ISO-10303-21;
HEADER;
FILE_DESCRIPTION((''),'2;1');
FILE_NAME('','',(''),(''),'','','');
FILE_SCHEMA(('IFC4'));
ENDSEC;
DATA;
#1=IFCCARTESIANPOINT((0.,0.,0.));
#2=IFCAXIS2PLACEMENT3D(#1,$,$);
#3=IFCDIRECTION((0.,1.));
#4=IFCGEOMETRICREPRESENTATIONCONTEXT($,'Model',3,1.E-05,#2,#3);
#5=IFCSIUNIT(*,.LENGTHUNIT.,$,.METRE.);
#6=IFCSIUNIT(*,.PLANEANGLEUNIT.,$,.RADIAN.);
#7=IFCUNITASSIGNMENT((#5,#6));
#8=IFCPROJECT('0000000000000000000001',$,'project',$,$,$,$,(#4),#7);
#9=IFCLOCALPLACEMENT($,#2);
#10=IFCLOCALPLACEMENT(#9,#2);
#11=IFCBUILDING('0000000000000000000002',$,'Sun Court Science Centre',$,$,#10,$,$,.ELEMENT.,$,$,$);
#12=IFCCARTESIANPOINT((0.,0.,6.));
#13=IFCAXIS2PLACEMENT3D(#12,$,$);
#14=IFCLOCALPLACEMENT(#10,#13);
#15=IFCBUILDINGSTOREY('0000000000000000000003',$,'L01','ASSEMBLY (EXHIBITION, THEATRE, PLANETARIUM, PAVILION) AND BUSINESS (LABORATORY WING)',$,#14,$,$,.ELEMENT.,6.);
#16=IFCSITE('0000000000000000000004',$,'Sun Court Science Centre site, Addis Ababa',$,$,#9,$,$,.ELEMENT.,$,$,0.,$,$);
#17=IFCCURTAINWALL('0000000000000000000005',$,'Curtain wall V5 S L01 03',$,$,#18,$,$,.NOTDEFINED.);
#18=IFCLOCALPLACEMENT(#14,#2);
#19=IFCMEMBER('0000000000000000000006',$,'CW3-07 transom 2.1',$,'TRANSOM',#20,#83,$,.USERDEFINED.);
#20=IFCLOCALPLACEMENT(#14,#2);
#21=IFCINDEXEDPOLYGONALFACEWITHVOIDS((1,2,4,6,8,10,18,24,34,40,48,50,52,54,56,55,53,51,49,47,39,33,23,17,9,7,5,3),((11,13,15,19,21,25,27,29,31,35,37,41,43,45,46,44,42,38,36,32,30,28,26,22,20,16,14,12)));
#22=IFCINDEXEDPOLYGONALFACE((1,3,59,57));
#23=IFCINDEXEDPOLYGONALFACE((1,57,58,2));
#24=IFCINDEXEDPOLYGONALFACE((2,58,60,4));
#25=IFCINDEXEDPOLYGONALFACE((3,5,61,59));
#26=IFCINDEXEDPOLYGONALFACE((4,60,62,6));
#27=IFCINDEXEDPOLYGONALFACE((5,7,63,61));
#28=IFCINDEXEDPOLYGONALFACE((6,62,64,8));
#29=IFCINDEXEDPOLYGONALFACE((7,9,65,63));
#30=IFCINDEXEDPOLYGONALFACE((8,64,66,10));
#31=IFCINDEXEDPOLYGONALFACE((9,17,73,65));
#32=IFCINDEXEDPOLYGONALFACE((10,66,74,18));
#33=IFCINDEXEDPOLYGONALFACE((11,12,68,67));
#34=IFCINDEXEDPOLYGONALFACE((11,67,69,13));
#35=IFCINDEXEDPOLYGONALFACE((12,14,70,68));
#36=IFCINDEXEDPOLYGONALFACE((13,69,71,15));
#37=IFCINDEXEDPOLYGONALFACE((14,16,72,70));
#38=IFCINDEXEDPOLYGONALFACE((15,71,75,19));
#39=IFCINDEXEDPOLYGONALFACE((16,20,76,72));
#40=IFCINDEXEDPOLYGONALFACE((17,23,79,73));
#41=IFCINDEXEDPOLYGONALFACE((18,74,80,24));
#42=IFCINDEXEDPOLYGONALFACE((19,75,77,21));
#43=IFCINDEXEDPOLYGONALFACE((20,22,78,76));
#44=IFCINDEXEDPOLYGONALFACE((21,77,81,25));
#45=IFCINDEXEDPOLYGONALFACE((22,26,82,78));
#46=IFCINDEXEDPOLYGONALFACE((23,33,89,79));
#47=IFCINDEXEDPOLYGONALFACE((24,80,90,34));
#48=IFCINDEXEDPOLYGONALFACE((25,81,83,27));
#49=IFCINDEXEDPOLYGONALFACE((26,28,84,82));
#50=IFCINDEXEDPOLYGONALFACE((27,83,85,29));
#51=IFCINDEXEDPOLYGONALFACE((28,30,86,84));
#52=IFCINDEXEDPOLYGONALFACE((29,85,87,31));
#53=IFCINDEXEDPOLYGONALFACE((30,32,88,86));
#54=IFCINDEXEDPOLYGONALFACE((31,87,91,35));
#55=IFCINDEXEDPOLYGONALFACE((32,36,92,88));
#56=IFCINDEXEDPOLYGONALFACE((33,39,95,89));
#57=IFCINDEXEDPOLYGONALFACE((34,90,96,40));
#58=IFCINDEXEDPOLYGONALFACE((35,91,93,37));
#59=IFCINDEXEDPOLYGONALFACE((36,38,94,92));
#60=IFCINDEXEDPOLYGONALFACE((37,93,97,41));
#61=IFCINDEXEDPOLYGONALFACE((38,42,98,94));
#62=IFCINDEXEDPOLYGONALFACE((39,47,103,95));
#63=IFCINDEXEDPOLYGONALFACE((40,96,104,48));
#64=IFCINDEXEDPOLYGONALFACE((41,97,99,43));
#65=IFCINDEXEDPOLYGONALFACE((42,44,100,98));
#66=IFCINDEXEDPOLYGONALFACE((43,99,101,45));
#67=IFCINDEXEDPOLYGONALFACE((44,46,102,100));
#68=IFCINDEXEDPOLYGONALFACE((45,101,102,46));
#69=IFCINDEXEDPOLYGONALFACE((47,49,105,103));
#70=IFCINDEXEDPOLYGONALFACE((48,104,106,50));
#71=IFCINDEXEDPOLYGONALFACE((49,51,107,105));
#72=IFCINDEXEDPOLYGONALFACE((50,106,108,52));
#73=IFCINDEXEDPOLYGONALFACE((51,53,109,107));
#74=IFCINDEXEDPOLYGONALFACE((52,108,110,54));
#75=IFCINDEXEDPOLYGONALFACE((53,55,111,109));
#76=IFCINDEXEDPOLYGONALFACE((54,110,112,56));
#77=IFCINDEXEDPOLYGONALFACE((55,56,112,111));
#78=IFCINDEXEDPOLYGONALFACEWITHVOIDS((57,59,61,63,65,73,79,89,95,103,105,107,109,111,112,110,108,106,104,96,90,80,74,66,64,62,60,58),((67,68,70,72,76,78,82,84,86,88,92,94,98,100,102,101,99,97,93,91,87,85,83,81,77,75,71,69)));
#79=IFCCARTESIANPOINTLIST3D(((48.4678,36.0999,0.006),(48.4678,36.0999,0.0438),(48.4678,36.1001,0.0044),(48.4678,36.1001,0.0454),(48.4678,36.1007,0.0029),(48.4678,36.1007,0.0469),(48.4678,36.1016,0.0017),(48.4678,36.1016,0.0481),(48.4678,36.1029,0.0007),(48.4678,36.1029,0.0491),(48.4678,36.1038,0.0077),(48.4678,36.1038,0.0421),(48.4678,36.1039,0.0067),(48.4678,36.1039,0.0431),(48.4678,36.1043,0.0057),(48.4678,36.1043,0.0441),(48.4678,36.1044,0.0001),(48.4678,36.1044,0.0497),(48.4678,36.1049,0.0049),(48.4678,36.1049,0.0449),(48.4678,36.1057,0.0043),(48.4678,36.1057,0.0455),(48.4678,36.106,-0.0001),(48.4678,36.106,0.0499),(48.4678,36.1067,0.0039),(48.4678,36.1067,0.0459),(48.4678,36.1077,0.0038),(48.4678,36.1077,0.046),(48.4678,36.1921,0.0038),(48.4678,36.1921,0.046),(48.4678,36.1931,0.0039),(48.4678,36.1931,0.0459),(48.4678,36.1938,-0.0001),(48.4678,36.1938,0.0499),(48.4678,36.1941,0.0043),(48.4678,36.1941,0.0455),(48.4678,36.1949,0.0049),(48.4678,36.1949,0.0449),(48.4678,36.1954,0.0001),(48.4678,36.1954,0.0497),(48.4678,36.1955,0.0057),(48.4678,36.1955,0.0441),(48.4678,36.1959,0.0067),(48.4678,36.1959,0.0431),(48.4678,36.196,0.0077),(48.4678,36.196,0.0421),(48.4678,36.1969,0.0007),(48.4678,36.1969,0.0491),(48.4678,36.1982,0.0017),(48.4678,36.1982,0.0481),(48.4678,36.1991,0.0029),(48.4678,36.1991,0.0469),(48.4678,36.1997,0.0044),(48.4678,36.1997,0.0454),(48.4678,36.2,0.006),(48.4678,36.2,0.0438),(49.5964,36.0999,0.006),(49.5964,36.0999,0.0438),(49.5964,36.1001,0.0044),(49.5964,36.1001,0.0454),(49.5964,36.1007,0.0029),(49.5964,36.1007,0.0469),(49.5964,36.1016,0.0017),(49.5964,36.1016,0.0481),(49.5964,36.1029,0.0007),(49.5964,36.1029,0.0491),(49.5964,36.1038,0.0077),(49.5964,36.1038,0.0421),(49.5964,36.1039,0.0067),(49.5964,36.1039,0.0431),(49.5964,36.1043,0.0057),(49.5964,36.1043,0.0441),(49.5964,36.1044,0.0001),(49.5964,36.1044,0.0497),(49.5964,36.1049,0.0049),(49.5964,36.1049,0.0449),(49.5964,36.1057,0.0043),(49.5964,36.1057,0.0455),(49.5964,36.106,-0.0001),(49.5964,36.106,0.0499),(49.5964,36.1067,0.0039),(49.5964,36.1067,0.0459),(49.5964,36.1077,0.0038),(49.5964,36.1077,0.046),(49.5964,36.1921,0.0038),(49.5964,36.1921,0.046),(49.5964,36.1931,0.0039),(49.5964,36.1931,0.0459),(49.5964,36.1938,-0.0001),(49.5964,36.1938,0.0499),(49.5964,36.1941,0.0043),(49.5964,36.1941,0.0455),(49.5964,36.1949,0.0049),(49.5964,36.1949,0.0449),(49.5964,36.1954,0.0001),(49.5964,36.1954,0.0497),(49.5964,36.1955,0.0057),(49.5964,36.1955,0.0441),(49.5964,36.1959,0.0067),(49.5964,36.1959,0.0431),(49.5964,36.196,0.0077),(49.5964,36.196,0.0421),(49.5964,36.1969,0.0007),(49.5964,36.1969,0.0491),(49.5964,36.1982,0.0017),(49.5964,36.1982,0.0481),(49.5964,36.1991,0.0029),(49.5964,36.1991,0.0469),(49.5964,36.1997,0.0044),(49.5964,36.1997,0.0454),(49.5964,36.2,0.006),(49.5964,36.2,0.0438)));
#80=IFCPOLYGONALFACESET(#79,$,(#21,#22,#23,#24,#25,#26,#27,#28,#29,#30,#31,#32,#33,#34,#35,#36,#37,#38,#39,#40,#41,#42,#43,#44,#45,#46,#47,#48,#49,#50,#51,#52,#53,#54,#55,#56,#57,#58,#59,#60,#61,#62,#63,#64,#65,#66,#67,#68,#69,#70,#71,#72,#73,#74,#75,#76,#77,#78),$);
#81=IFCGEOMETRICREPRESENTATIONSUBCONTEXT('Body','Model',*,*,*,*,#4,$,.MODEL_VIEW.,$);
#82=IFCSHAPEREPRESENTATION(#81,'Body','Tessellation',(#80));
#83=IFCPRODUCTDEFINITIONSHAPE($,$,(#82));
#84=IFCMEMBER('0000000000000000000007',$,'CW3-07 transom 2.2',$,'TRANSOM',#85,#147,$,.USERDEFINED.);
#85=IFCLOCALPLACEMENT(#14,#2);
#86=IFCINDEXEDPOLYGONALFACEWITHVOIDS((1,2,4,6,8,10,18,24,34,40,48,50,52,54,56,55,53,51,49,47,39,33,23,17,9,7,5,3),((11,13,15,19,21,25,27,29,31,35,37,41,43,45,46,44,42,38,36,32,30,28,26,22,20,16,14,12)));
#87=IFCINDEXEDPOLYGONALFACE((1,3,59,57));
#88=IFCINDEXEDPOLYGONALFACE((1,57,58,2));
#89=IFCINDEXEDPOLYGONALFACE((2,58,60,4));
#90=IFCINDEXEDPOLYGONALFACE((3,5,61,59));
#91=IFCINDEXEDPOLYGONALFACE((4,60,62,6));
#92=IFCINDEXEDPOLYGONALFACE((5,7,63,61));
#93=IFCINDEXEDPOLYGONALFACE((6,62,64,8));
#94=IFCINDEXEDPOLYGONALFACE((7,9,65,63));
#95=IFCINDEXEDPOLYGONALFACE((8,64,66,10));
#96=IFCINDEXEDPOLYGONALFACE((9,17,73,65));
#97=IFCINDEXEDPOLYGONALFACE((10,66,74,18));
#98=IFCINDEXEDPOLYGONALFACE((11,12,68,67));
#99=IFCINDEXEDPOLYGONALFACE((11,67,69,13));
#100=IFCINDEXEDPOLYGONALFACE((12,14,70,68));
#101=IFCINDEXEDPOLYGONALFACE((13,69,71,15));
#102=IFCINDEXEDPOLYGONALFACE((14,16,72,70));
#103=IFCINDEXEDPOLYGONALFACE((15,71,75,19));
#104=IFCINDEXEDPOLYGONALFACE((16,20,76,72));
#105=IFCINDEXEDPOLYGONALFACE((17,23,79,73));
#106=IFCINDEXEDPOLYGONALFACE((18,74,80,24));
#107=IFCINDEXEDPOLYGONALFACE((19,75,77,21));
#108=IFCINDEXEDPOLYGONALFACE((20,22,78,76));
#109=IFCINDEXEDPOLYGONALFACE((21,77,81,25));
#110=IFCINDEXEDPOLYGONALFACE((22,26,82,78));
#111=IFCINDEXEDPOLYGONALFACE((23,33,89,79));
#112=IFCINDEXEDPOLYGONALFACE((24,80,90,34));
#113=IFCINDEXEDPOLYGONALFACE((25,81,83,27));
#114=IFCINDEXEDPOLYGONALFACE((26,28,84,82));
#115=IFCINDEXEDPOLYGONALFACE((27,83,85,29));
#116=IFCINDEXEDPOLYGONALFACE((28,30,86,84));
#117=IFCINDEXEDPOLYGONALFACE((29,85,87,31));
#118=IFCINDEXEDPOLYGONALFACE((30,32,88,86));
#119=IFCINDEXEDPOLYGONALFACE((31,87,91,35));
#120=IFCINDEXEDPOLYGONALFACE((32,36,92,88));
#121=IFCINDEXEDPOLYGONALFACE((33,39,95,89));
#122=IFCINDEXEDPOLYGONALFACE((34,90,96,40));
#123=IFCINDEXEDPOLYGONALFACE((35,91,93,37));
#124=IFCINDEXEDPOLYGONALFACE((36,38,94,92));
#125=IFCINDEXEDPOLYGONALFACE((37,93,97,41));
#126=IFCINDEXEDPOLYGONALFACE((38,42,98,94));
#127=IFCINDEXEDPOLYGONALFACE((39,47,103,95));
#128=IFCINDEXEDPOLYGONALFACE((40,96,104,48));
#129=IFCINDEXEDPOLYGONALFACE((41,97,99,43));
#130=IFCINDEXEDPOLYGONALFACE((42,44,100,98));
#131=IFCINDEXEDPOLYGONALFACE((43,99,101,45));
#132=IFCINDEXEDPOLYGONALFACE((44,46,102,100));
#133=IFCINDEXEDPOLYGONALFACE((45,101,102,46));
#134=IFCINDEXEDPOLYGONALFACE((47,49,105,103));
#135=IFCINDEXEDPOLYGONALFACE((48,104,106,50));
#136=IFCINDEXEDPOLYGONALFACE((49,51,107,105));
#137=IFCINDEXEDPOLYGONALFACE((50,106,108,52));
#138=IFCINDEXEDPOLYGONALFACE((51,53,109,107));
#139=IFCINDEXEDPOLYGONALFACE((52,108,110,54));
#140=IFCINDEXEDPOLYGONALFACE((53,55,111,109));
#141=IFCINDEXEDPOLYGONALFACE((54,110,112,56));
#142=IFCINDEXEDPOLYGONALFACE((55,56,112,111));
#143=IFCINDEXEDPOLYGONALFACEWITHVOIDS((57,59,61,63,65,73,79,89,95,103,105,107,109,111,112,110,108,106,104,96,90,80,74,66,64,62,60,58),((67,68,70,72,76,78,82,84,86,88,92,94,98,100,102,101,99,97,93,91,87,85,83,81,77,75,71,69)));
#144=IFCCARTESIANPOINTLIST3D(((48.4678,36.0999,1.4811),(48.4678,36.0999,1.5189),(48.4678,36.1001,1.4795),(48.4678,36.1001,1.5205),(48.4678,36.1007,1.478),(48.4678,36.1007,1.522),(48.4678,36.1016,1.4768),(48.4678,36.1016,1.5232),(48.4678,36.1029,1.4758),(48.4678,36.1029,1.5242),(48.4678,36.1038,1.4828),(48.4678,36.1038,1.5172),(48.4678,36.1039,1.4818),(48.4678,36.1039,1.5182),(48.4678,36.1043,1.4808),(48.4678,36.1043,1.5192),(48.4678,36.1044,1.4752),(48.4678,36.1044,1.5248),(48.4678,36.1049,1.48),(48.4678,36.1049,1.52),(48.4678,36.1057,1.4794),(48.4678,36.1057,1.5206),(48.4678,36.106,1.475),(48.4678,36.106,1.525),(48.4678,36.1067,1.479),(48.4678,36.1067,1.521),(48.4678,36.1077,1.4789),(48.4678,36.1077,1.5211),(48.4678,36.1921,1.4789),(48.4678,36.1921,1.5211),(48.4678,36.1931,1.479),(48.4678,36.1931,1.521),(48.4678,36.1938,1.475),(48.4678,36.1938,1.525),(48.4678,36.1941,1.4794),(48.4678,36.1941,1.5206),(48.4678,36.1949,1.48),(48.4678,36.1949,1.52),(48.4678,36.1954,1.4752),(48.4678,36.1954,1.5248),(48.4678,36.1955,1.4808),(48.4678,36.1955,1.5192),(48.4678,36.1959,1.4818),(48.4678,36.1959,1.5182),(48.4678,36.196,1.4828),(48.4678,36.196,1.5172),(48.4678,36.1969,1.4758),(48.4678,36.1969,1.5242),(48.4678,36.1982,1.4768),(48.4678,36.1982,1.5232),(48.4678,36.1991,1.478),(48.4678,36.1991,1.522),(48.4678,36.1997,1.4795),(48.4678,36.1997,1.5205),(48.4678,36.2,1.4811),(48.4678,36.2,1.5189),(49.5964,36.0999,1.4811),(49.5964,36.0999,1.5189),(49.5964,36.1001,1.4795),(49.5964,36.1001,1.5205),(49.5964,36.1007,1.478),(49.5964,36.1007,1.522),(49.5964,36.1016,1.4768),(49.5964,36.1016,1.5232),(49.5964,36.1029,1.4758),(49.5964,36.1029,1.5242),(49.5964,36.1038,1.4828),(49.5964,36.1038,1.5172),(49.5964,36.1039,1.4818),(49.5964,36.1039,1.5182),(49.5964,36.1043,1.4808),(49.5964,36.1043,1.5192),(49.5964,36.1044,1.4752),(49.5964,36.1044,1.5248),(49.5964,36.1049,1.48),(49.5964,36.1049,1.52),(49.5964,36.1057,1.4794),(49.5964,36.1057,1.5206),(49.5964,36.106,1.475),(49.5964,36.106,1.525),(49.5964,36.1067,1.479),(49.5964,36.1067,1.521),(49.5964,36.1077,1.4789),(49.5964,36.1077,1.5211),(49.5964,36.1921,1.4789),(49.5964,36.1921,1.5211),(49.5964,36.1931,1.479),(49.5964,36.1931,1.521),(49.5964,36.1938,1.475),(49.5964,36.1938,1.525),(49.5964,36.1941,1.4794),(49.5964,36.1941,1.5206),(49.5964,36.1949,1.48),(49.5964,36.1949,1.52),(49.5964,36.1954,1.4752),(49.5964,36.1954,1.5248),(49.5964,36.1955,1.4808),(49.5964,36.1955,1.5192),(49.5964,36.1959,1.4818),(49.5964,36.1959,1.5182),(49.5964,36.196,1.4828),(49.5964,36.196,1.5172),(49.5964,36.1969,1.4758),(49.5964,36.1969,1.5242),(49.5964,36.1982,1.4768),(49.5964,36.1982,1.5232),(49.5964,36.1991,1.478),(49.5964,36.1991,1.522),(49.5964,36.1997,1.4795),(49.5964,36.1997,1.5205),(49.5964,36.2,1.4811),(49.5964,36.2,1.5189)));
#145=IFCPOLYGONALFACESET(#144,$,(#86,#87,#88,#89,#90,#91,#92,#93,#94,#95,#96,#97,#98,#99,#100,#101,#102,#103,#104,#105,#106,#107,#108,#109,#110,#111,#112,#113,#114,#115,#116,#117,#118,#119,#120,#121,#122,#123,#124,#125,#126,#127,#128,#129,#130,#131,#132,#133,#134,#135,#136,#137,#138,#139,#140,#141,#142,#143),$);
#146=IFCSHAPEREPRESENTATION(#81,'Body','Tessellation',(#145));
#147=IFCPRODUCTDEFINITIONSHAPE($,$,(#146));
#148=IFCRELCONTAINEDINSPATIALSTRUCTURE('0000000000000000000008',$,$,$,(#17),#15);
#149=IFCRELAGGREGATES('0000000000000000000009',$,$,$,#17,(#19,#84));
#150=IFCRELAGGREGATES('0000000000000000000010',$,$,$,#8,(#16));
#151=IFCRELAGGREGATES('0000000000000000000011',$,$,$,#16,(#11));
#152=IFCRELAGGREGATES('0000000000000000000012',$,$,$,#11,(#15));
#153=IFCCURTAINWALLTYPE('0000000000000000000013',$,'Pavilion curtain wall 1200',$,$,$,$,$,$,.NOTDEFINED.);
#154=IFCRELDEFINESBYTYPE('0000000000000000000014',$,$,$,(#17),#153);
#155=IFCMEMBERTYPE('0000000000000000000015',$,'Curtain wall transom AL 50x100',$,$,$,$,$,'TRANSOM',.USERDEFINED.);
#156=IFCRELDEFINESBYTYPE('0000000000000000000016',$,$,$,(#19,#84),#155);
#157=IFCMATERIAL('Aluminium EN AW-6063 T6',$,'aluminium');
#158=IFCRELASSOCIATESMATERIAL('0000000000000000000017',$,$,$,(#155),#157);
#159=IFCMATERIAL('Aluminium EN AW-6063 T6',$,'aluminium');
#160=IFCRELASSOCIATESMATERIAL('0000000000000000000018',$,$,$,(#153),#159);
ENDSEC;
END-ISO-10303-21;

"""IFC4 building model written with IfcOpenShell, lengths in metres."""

from ifc_helpers import new_model, si_unit, direction, frame, origin, origin_2d, place, context, subcontext, project, spatial, hollow_rectangle, extrude, material, material_profile, profile_set, type_object, element, aggregate, save


model = new_model("IFC4")

# Units and contexts
model_context = context("Model", 3, precision=1e-05, world=origin(), true_north=direction((0.0, 1.0)))
body_context = subcontext(model_context, "Body", "Model", "MODEL_VIEW")
ifc_project = project(units=[si_unit("LENGTHUNIT", "METRE"), si_unit("PLANEANGLEUNIT", "RADIAN")], contexts=[model_context])

# Site, building, storey
site_placement = place(None, origin())
site = spatial("IfcSite", under=ifc_project, at=site_placement, Name="Sun Court Science Centre site, Addis Ababa", CompositionType="ELEMENT", RefElevation=0.0)
building_placement = place(site_placement, origin())
building = spatial("IfcBuilding", under=site, at=building_placement, Name="Sun Court Science Centre", CompositionType="ELEMENT")
storey_placement = place(building_placement, frame((0.0, 0.0, 6.0)))
storey = spatial("IfcBuildingStorey", under=building, at=storey_placement, Name="L01", Description="ASSEMBLY (EXHIBITION, THEATRE, PLANETARIUM, PAVILION) AND BUSINESS (LABORATORY WING)", CompositionType="ELEMENT", Elevation=6.0)

# Curtain wall, members
ifc_material_1 = material(Name="Aluminium EN AW-6063 T6", Category="aluminium")
ifc_material_profile_1 = material_profile(ifc_material_1, hollow_rectangle(XDim=0.05, YDim=0.1001, WallThickness=0.0039, InnerFilletRadius=0.0039, OuterFilletRadius=0.0061, at=origin_2d()), Name="AL 50x100x4")
ifc_profile_set_1 = profile_set([ifc_material_profile_1], Name="Aluminium EN AW-6063 T6")
member_type_1 = type_object("IfcMemberType", Name="Curtain wall transom AL 50x100", ElementType="TRANSOM", PredefinedType="USERDEFINED", material=ifc_profile_set_1)
ifc_material_2 = material(Name="Aluminium EN AW-6063 T6", Category="aluminium")
curtain_wall_type_1 = type_object("IfcCurtainWallType", Name="Pavilion curtain wall 1200", PredefinedType="NOTDEFINED", material=ifc_material_2)
curtain_wall_1_placement = place(storey_placement, origin())
curtain_wall_1 = element("IfcCurtainWall", 1, at=curtain_wall_1_placement, inside=storey, type_object=curtain_wall_type_1, Name="Curtain wall V5 S L01 03", PredefinedType="NOTDEFINED")
member_1_placement = place(storey_placement, frame((49.5964, 36.1499, 0.0249), z_axis=(-1.0, 0.0, 0.0), x_axis=(0.0, 0.0, 1.0)))
member_1 = element("IfcMember", 2, at=member_1_placement, type_object=member_type_1, Name="CW3-07 transom 2.1", ObjectType="TRANSOM", PredefinedType="USERDEFINED", context=body_context, shape_type="SweptSolid", body=[
    extrude(hollow_rectangle(XDim=0.05, YDim=0.1001, WallThickness=0.0039, InnerFilletRadius=0.0039, OuterFilletRadius=0.0061, at=origin_2d()), origin(), (0.0, 0.0, 1.0), 1.1287),
])
member_2_placement = place(storey_placement, frame((49.5964, 36.1499, 1.5), z_axis=(-1.0, 0.0, 0.0), x_axis=(0.0, 0.0, 1.0)))
member_2 = element("IfcMember", 3, at=member_2_placement, type_object=member_type_1, Name="CW3-07 transom 2.2", ObjectType="TRANSOM", PredefinedType="USERDEFINED", context=body_context, shape_type="SweptSolid", body=[
    extrude(hollow_rectangle(XDim=0.05, YDim=0.1001, WallThickness=0.0039, InnerFilletRadius=0.0039, OuterFilletRadius=0.0061, at=origin_2d()), origin(), (0.0, 0.0, 1.0), 1.1287),
])

aggregate(curtain_wall_1, [member_1, member_2])

save(model, "model.ifc")
